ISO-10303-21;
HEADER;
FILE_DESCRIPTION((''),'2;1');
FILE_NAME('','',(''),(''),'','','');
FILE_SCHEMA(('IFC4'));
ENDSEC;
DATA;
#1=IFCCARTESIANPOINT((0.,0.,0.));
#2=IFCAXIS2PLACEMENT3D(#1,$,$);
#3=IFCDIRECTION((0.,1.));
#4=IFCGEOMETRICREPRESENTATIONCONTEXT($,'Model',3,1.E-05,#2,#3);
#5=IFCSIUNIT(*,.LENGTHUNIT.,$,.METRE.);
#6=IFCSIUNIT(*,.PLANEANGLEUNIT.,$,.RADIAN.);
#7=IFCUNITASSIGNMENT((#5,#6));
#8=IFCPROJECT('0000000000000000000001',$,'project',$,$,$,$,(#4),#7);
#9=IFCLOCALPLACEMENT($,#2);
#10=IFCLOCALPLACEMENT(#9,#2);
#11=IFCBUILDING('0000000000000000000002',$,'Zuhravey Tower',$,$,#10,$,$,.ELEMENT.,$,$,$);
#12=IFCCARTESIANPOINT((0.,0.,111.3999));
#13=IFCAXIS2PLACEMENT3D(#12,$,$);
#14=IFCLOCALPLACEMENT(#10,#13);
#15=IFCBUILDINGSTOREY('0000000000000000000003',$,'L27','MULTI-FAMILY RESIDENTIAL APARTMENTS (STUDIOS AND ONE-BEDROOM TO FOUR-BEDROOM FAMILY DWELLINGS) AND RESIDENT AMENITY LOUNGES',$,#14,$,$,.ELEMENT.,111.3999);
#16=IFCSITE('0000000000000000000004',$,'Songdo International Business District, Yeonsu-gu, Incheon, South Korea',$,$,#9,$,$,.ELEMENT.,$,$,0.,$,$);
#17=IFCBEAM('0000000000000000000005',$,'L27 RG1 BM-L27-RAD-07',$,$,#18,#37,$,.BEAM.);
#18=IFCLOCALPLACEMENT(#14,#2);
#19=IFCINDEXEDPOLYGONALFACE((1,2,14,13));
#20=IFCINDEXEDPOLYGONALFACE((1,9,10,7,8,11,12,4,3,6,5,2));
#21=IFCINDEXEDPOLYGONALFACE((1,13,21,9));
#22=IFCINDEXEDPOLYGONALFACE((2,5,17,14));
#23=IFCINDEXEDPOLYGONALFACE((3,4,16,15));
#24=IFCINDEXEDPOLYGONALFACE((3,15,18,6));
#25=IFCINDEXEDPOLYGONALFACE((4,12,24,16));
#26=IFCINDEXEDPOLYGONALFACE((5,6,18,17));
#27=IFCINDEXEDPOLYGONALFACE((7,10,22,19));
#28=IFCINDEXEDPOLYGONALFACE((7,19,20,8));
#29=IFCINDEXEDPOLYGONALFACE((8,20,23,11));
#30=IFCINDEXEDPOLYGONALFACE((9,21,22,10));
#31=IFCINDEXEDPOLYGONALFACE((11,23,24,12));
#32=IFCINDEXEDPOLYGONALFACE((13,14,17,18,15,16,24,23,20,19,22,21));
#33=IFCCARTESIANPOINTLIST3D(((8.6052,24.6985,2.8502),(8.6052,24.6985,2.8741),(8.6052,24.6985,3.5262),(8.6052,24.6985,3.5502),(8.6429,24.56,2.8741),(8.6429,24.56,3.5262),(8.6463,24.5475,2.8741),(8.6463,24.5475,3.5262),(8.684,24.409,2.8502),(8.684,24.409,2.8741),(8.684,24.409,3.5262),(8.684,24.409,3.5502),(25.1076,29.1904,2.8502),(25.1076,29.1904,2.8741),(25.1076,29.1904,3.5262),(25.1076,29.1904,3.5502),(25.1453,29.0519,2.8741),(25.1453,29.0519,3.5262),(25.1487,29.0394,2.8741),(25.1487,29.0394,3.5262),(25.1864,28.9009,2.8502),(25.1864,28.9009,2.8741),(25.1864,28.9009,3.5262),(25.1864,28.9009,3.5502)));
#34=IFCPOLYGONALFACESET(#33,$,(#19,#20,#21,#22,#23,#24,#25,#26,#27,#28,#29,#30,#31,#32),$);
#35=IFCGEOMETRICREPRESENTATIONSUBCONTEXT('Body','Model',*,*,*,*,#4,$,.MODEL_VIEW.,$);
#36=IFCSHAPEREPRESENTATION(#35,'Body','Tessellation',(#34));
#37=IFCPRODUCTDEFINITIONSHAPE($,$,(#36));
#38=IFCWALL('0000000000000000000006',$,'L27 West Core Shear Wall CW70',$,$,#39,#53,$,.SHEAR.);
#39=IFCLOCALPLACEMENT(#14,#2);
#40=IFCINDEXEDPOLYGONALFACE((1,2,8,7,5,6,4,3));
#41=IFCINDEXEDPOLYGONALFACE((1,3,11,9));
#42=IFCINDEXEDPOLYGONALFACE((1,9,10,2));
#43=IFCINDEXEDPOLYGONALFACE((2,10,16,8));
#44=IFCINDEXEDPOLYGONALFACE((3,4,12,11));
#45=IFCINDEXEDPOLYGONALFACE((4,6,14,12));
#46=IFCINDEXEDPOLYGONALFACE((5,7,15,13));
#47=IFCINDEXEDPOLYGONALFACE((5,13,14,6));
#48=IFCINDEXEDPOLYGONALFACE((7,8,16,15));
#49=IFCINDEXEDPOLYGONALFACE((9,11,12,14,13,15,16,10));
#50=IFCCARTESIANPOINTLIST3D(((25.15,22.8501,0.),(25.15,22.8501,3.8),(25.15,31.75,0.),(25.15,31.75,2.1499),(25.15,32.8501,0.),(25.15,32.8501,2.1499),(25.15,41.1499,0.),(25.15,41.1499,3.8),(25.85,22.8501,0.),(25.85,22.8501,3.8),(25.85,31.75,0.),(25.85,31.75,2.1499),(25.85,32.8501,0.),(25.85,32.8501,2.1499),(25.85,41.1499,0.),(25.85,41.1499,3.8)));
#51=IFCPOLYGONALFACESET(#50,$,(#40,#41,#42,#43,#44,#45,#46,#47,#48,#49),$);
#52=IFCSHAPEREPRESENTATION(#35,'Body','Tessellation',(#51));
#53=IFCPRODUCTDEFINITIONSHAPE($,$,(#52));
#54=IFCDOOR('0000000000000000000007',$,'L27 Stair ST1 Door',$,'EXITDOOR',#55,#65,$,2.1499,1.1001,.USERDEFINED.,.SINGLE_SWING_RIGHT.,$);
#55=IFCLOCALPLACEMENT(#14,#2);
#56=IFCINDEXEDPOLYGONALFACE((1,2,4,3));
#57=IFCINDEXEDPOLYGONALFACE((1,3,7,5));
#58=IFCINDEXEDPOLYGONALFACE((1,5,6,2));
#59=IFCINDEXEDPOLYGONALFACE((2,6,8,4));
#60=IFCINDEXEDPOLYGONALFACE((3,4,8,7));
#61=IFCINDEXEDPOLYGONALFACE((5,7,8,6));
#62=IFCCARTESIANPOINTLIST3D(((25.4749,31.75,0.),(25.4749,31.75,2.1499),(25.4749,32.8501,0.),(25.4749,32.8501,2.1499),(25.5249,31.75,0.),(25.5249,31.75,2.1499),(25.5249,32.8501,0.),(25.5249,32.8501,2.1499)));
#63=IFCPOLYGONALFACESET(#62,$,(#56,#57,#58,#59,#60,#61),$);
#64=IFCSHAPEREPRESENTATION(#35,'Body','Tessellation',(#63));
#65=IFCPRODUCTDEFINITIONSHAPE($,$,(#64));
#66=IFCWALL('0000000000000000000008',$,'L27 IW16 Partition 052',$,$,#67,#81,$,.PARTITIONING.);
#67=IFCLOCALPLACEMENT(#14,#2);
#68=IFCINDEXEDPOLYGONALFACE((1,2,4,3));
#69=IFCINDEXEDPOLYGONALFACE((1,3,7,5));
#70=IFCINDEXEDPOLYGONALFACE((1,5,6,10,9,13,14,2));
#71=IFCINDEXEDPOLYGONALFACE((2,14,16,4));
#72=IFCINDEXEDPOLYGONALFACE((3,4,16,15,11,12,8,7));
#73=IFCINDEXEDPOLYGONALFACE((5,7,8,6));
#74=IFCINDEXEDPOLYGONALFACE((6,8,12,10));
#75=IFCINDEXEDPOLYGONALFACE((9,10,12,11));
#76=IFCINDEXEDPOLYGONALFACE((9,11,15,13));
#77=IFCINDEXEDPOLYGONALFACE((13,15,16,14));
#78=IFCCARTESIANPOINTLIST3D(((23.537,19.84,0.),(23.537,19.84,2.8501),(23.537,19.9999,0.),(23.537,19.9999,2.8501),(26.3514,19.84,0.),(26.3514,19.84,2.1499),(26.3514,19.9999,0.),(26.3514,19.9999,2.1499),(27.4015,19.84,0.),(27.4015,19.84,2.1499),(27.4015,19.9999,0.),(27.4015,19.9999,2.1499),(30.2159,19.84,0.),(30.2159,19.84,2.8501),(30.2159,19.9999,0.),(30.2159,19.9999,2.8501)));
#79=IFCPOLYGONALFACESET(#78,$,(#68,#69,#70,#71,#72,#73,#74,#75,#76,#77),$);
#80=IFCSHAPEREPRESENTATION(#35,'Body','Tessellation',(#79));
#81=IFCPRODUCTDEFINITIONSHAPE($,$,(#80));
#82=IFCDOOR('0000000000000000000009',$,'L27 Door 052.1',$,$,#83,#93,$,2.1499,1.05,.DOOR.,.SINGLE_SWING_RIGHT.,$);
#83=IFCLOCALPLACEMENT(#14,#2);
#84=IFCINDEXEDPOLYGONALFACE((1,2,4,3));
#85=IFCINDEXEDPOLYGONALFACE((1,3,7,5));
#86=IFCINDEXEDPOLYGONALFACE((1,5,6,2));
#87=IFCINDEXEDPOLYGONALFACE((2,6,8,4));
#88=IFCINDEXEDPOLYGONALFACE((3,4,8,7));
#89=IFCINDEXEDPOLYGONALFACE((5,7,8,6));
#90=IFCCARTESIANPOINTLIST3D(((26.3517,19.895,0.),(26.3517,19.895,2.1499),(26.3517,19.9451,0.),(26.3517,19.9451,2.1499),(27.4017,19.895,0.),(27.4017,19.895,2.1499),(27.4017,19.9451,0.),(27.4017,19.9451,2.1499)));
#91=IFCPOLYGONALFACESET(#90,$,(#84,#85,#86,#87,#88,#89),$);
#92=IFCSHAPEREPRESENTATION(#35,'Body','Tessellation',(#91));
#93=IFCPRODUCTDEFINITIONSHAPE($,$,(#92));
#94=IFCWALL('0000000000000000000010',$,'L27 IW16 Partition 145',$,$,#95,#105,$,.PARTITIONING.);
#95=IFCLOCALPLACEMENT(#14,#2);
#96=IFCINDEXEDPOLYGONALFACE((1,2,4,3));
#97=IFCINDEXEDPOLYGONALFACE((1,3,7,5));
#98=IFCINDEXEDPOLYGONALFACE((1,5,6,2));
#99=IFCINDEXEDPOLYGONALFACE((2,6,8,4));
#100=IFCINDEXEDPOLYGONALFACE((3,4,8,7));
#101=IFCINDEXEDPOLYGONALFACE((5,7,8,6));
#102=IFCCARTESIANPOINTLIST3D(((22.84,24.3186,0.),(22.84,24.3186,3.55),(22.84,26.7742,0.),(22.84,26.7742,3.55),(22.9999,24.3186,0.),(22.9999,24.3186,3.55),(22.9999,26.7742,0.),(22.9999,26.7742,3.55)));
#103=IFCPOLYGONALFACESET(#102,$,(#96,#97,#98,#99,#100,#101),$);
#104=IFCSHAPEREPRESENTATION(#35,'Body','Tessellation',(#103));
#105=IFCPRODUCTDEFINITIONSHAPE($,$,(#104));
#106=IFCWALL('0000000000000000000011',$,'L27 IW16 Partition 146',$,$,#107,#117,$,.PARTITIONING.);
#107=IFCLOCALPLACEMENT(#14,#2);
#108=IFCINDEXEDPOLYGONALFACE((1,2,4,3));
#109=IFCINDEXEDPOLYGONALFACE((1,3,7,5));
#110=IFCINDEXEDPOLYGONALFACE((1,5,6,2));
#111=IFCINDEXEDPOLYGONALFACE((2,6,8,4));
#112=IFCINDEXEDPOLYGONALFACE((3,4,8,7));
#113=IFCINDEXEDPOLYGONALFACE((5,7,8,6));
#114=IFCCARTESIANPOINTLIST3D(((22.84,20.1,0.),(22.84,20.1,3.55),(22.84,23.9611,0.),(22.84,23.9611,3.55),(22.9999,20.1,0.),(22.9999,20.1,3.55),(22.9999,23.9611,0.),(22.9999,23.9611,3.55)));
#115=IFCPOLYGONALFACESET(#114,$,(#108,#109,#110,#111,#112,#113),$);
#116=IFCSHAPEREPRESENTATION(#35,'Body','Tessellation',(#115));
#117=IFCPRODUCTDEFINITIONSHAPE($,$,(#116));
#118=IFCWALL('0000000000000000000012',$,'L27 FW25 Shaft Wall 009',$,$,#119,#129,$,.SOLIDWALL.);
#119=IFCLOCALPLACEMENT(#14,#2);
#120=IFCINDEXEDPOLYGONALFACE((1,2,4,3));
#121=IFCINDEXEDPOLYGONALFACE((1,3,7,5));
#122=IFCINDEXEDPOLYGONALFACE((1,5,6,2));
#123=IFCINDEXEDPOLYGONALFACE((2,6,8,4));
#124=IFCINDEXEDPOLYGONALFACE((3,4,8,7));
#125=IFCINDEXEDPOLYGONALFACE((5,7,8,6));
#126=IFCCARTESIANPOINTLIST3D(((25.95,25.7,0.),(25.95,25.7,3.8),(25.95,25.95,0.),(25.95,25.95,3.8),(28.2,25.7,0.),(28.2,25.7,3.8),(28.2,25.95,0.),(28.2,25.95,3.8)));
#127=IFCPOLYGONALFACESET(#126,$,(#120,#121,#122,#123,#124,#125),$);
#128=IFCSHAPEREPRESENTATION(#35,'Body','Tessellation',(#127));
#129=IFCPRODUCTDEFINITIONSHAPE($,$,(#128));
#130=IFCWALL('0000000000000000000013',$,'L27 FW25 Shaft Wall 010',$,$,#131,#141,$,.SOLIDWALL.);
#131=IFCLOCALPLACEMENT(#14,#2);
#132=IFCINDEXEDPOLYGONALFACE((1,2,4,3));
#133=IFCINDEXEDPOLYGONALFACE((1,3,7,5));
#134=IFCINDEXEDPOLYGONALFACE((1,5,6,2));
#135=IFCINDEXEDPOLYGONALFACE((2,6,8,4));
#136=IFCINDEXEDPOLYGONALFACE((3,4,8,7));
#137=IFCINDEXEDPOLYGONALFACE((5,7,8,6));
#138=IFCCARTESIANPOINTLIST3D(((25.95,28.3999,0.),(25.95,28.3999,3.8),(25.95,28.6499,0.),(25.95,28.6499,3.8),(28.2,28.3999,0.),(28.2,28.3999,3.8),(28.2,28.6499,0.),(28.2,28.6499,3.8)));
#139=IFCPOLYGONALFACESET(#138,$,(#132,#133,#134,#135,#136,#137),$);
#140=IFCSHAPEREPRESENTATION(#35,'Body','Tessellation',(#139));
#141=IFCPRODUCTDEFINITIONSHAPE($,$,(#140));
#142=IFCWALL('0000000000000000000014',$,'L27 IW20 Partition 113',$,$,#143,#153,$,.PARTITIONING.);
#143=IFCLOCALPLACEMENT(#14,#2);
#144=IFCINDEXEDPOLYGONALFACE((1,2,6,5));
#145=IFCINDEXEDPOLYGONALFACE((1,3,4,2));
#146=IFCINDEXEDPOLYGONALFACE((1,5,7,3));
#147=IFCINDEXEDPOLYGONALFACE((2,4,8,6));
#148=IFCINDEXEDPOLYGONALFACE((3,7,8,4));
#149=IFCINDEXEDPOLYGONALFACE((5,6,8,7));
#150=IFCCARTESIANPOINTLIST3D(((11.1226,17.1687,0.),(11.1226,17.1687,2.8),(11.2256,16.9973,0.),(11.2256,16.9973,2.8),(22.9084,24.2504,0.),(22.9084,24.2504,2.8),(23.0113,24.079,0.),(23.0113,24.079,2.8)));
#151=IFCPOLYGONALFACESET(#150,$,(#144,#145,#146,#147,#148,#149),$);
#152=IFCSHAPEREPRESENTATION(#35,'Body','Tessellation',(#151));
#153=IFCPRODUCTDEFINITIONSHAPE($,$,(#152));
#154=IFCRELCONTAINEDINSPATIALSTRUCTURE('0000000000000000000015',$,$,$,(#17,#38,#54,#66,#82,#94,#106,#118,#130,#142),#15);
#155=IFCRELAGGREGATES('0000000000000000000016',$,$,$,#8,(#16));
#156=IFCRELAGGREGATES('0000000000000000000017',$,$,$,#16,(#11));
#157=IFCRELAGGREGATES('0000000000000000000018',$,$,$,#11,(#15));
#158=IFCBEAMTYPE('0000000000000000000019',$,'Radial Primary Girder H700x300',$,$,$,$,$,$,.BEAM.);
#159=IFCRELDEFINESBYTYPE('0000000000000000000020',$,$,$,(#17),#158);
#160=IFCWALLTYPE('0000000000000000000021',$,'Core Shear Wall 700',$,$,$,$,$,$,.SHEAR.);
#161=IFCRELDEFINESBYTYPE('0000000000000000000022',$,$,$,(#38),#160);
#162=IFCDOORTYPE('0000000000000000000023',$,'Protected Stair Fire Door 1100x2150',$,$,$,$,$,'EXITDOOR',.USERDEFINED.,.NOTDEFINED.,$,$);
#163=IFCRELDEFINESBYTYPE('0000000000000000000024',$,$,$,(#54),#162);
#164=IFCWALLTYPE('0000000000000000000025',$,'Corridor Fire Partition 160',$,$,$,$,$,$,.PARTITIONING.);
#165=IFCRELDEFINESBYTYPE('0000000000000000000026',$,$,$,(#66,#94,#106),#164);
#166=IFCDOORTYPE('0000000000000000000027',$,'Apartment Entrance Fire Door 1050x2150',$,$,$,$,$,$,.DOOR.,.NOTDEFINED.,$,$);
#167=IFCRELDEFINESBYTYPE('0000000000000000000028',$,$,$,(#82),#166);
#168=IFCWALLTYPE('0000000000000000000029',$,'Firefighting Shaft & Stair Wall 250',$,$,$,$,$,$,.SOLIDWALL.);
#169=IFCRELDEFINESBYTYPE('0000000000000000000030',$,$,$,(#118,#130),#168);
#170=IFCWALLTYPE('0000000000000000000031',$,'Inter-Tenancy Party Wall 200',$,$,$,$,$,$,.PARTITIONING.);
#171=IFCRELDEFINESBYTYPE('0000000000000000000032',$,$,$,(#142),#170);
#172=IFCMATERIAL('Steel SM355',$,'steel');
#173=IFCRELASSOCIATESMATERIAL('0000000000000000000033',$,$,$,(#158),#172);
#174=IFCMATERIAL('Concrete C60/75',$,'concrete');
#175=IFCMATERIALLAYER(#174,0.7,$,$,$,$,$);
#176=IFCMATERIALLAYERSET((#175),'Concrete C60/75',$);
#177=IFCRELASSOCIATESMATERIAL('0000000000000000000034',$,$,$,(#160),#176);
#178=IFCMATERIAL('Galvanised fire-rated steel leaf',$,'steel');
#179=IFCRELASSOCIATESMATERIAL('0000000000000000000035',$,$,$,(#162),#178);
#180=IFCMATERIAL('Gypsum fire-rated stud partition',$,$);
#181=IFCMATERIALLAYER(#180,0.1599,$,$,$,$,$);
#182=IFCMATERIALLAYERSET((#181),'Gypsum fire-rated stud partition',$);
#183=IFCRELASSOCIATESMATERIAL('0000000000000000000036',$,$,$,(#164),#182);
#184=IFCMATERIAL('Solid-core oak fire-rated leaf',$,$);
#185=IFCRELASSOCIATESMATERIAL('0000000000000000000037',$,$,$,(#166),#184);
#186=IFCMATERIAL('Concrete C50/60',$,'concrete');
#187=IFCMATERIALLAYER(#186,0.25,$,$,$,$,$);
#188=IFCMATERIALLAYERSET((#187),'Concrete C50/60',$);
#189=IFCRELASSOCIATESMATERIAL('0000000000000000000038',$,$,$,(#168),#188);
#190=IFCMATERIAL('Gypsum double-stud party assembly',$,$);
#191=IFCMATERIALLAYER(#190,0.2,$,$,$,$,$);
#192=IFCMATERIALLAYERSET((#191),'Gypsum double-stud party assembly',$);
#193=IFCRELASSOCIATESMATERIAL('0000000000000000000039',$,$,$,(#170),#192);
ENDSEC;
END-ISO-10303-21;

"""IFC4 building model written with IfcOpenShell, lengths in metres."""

from ifc_helpers import new_model, si_unit, direction, frame, frame_2d, origin, origin_2d, place, context, subcontext, project, spatial, rectangle, i_section, extrude, material, layer, layer_set, material_profile, profile_set, type_object, element, fill, save


model = new_model("IFC4")

# Units and contexts
model_context = context("Model", 3, precision=1e-05, world=origin(), true_north=direction((0.0, 1.0)))
body_context = subcontext(model_context, "Body", "Model", "MODEL_VIEW")
ifc_project = project(units=[si_unit("LENGTHUNIT", "METRE"), si_unit("PLANEANGLEUNIT", "RADIAN")], contexts=[model_context])

# Site, building, storey
site_placement = place(None, origin())
site = spatial("IfcSite", under=ifc_project, at=site_placement, Name="Songdo International Business District, Yeonsu-gu, Incheon, South Korea", CompositionType="ELEMENT", RefElevation=0.0)
building_placement = place(site_placement, origin())
building = spatial("IfcBuilding", under=site, at=building_placement, Name="Zuhravey Tower", CompositionType="ELEMENT")
storey_placement = place(building_placement, frame((0.0, 0.0, 111.3999)))
storey = spatial("IfcBuildingStorey", under=building, at=storey_placement, Name="L27", Description="MULTI-FAMILY RESIDENTIAL APARTMENTS (STUDIOS AND ONE-BEDROOM TO FOUR-BEDROOM FAMILY DWELLINGS) AND RESIDENT AMENITY LOUNGES", CompositionType="ELEMENT", Elevation=111.3999)

# Beam
ifc_material_1 = material(Name="Steel SM355", Category="steel")
ifc_material_profile = material_profile(ifc_material_1, i_section(OverallWidth=0.3, OverallDepth=0.7, WebThickness=0.0129, FlangeThickness=0.0239, at=origin_2d()), Name="H-700x300x13x24")
ifc_profile_set = profile_set([ifc_material_profile], Name="Steel SM355")
beam_type = type_object("IfcBeamType", Name="Radial Primary Girder H700x300", PredefinedType="BEAM", material=ifc_profile_set)
beam_placement = place(storey_placement, frame((25.147, 29.0457, 3.2002), z_axis=(-0.964893, -0.262643, 0.0), x_axis=(0.262643, -0.964893, 0.0)))
element("IfcBeam", 1, at=beam_placement, inside=storey, type_object=beam_type, Name="L27 RG1 BM-L27-RAD-07", PredefinedType="BEAM", context=body_context, shape_type="SweptSolid", body=[
    extrude(i_section(OverallWidth=0.3, OverallDepth=0.7, WebThickness=0.0129, FlangeThickness=0.0239, at=origin_2d()), origin(), (0.0, 0.0, 1.0), 17.1028),
])

# Walls, openings, doors
ifc_material_2 = material(Name="Concrete C60/75", Category="concrete")
ifc_layer_1 = layer(ifc_material_2, 0.7)
ifc_layer_set_1 = layer_set([ifc_layer_1], Name="Concrete C60/75")
wall_type_1 = type_object("IfcWallType", Name="Core Shear Wall 700", PredefinedType="SHEAR", material=ifc_layer_set_1)
ifc_material_3 = material(Name="Galvanised fire-rated steel leaf", Category="steel")
wall_1_placement = place(storey_placement, frame((25.5, 22.8501, 0.0), z_axis=(0.0, 0.0, 1.0), x_axis=(0.0, 1.0, 0.0)))
wall_1 = element("IfcWall", 2, at=wall_1_placement, inside=storey, type_object=wall_type_1, Name="L27 West Core Shear Wall CW70", PredefinedType="SHEAR", context=body_context, shape_type="SweptSolid", body=[
    extrude(rectangle(XDim=18.2998, YDim=0.7, at=frame_2d((9.1499, 0.0))), origin(), (0.0, 0.0, 1.0), 3.8),
])
opening_1_placement = place(wall_1_placement, frame((8.8999, 0.0, 0.0)))
opening_1 = element("IfcOpeningElement", 3, at=opening_1_placement, cuts=wall_1, PredefinedType="OPENING", context=body_context, shape_type="SweptSolid", body=[
    extrude(rectangle(XDim=1.1001, YDim=2.1499, at=frame_2d((0.55, 1.075))), frame((0.0, 0.3621, 0.0), z_axis=(0.0, -1.0, 0.0), x_axis=(1.0, 0.0, 0.0)), (0.0, 0.0, 1.0), 0.7239),
])
door_type_1 = type_object("IfcDoorType", Name="Protected Stair Fire Door 1100x2150", ElementType="EXITDOOR", OperationType="NOTDEFINED", PredefinedType="USERDEFINED", material=ifc_material_3)
door_1_placement = place(opening_1_placement, frame((1.1001, 0.0, 0.0), z_axis=(0.0, 0.0, 1.0), x_axis=(-1.0, 0.0, 0.0)))
door_1 = element("IfcDoor", 4, at=door_1_placement, inside=storey, type_object=door_type_1, Name="L27 Stair ST1 Door", ObjectType="EXITDOOR", OperationType="SINGLE_SWING_RIGHT", OverallHeight=2.1499, OverallWidth=1.1001, PredefinedType="USERDEFINED", context=body_context, shape_type="SweptSolid", body=[
    extrude(rectangle(XDim=1.1001, YDim=2.1499, at=frame_2d((0.55, 1.075))), frame((0.0, 0.0249, 0.0), z_axis=(0.0, -1.0, 0.0), x_axis=(1.0, 0.0, 0.0)), (0.0, 0.0, 1.0), 0.05),
])
fill(opening_1, door_1)
ifc_material_4 = material(Name="Gypsum fire-rated stud partition")
ifc_layer_2 = layer(ifc_material_4, 0.1599)
ifc_layer_set_2 = layer_set([ifc_layer_2], Name="Gypsum fire-rated stud partition")
wall_type_2 = type_object("IfcWallType", Name="Corridor Fire Partition 160", PredefinedType="PARTITIONING", material=ifc_layer_set_2)
wall_2_placement = place(storey_placement, frame((23.5371, 19.9199, 0.0), z_axis=(0.0, 0.0, 1.0), x_axis=(1.0, 0.0, 0.0)))
wall_2 = element("IfcWall", 5, at=wall_2_placement, inside=storey, type_object=wall_type_2, Name="L27 IW16 Partition 052", PredefinedType="PARTITIONING", context=body_context, shape_type="SweptSolid", body=[
    extrude(rectangle(XDim=6.679, YDim=0.1599, at=frame_2d((3.3394, 0.0))), origin(), (0.0, 0.0, 1.0), 2.8501),
])
opening_2_placement = place(wall_2_placement, frame((2.8145, 0.0, 0.0)))
opening_2 = element("IfcOpeningElement", 6, at=opening_2_placement, cuts=wall_2, PredefinedType="OPENING", context=body_context, shape_type="SweptSolid", body=[
    extrude(rectangle(XDim=1.05, YDim=2.1499, at=frame_2d((0.5249, 1.075))), frame((0.0, 0.092, 0.0), z_axis=(0.0, -1.0, 0.0), x_axis=(1.0, 0.0, 0.0)), (0.0, 0.0, 1.0), 0.1838),
])
ifc_material_5 = material(Name="Solid-core oak fire-rated leaf")
door_type_2 = type_object("IfcDoorType", Name="Apartment Entrance Fire Door 1050x2150", OperationType="NOTDEFINED", PredefinedType="DOOR", material=ifc_material_5)
door_2_placement = place(opening_2_placement, frame((1.05, 0.0, 0.0), z_axis=(0.0, 0.0, 1.0), x_axis=(-1.0, 0.0, 0.0)))
door_2 = element("IfcDoor", 7, at=door_2_placement, inside=storey, type_object=door_type_2, Name="L27 Door 052.1", OperationType="SINGLE_SWING_RIGHT", OverallHeight=2.1499, OverallWidth=1.05, PredefinedType="DOOR", context=body_context, shape_type="SweptSolid", body=[
    extrude(rectangle(XDim=1.05, YDim=2.1499, at=frame_2d((0.5249, 1.075))), frame((0.0, 0.0249, 0.0), z_axis=(0.0, -1.0, 0.0), x_axis=(1.0, 0.0, 0.0)), (0.0, 0.0, 1.0), 0.05),
])
fill(opening_2, door_2)

# Walls
wall_3_placement = place(storey_placement, frame((22.9199, 26.7742, 0.0), z_axis=(0.0, 0.0, 1.0), x_axis=(0.0, -1.0, 0.0)))
element("IfcWall", 8, at=wall_3_placement, inside=storey, type_object=wall_type_2, Name="L27 IW16 Partition 145", PredefinedType="PARTITIONING", context=body_context, shape_type="SweptSolid", body=[
    extrude(rectangle(XDim=2.4556, YDim=0.1599, at=frame_2d((1.2278, 0.0))), origin(), (0.0, 0.0, 1.0), 3.55),
])
wall_4_placement = place(storey_placement, frame((22.9199, 23.9612, 0.0), z_axis=(0.0, 0.0, 1.0), x_axis=(0.0, -1.0, 0.0)))
element("IfcWall", 9, at=wall_4_placement, inside=storey, type_object=wall_type_2, Name="L27 IW16 Partition 146", PredefinedType="PARTITIONING", context=body_context, shape_type="SweptSolid", body=[
    extrude(rectangle(XDim=3.8611, YDim=0.1599, at=frame_2d((1.9307, 0.0))), origin(), (0.0, 0.0, 1.0), 3.55),
])
ifc_material_6 = material(Name="Concrete C50/60", Category="concrete")
ifc_layer_3 = layer(ifc_material_6, 0.25)
ifc_layer_set_3 = layer_set([ifc_layer_3], Name="Concrete C50/60")
wall_type_3 = type_object("IfcWallType", Name="Firefighting Shaft & Stair Wall 250", PredefinedType="SOLIDWALL", material=ifc_layer_set_3)
for number, where, z_axis, x_axis, name in (
    (10, (25.95, 25.825, 0.0), (0.0, 0.0, 1.0), (1.0, 0.0, 0.0), "L27 FW25 Shaft Wall 009"),
    (11, (25.95, 28.5249, 0.0), (0.0, 0.0, 1.0), (1.0, 0.0, 0.0), "L27 FW25 Shaft Wall 010"),
):
    element("IfcWall", number, at=place(storey_placement, frame(where, z_axis=z_axis, x_axis=x_axis)), inside=storey, type_object=wall_type_3, Name=name, PredefinedType="SOLIDWALL", context=body_context, shape_type="SweptSolid", body=[
        extrude(rectangle(XDim=2.25, YDim=0.25, at=frame_2d((1.125, 0.0))), origin(), (0.0, 0.0, 1.0), 3.8),
    ])
ifc_material_7 = material(Name="Gypsum double-stud party assembly")
ifc_layer_4 = layer(ifc_material_7, 0.2)
ifc_layer_set_4 = layer_set([ifc_layer_4], Name="Gypsum double-stud party assembly")
wall_type_4 = type_object("IfcWallType", Name="Inter-Tenancy Party Wall 200", PredefinedType="PARTITIONING", material=ifc_layer_set_4)
wall_5_placement = place(storey_placement, frame((22.96, 24.1648, 0.0), z_axis=(0.0, 0.0, 1.0), x_axis=(-0.857164, -0.515044, 0.0)))
element("IfcWall", 12, at=wall_5_placement, inside=storey, type_object=wall_type_4, Name="L27 IW20 Partition 113", PredefinedType="PARTITIONING", context=body_context, shape_type="SweptSolid", body=[
    extrude(rectangle(XDim=13.7498, YDim=0.2, at=frame_2d((6.875, 0.0))), origin(), (0.0, 0.0, 1.0), 2.8),
])

save(model, "model.ifc")
